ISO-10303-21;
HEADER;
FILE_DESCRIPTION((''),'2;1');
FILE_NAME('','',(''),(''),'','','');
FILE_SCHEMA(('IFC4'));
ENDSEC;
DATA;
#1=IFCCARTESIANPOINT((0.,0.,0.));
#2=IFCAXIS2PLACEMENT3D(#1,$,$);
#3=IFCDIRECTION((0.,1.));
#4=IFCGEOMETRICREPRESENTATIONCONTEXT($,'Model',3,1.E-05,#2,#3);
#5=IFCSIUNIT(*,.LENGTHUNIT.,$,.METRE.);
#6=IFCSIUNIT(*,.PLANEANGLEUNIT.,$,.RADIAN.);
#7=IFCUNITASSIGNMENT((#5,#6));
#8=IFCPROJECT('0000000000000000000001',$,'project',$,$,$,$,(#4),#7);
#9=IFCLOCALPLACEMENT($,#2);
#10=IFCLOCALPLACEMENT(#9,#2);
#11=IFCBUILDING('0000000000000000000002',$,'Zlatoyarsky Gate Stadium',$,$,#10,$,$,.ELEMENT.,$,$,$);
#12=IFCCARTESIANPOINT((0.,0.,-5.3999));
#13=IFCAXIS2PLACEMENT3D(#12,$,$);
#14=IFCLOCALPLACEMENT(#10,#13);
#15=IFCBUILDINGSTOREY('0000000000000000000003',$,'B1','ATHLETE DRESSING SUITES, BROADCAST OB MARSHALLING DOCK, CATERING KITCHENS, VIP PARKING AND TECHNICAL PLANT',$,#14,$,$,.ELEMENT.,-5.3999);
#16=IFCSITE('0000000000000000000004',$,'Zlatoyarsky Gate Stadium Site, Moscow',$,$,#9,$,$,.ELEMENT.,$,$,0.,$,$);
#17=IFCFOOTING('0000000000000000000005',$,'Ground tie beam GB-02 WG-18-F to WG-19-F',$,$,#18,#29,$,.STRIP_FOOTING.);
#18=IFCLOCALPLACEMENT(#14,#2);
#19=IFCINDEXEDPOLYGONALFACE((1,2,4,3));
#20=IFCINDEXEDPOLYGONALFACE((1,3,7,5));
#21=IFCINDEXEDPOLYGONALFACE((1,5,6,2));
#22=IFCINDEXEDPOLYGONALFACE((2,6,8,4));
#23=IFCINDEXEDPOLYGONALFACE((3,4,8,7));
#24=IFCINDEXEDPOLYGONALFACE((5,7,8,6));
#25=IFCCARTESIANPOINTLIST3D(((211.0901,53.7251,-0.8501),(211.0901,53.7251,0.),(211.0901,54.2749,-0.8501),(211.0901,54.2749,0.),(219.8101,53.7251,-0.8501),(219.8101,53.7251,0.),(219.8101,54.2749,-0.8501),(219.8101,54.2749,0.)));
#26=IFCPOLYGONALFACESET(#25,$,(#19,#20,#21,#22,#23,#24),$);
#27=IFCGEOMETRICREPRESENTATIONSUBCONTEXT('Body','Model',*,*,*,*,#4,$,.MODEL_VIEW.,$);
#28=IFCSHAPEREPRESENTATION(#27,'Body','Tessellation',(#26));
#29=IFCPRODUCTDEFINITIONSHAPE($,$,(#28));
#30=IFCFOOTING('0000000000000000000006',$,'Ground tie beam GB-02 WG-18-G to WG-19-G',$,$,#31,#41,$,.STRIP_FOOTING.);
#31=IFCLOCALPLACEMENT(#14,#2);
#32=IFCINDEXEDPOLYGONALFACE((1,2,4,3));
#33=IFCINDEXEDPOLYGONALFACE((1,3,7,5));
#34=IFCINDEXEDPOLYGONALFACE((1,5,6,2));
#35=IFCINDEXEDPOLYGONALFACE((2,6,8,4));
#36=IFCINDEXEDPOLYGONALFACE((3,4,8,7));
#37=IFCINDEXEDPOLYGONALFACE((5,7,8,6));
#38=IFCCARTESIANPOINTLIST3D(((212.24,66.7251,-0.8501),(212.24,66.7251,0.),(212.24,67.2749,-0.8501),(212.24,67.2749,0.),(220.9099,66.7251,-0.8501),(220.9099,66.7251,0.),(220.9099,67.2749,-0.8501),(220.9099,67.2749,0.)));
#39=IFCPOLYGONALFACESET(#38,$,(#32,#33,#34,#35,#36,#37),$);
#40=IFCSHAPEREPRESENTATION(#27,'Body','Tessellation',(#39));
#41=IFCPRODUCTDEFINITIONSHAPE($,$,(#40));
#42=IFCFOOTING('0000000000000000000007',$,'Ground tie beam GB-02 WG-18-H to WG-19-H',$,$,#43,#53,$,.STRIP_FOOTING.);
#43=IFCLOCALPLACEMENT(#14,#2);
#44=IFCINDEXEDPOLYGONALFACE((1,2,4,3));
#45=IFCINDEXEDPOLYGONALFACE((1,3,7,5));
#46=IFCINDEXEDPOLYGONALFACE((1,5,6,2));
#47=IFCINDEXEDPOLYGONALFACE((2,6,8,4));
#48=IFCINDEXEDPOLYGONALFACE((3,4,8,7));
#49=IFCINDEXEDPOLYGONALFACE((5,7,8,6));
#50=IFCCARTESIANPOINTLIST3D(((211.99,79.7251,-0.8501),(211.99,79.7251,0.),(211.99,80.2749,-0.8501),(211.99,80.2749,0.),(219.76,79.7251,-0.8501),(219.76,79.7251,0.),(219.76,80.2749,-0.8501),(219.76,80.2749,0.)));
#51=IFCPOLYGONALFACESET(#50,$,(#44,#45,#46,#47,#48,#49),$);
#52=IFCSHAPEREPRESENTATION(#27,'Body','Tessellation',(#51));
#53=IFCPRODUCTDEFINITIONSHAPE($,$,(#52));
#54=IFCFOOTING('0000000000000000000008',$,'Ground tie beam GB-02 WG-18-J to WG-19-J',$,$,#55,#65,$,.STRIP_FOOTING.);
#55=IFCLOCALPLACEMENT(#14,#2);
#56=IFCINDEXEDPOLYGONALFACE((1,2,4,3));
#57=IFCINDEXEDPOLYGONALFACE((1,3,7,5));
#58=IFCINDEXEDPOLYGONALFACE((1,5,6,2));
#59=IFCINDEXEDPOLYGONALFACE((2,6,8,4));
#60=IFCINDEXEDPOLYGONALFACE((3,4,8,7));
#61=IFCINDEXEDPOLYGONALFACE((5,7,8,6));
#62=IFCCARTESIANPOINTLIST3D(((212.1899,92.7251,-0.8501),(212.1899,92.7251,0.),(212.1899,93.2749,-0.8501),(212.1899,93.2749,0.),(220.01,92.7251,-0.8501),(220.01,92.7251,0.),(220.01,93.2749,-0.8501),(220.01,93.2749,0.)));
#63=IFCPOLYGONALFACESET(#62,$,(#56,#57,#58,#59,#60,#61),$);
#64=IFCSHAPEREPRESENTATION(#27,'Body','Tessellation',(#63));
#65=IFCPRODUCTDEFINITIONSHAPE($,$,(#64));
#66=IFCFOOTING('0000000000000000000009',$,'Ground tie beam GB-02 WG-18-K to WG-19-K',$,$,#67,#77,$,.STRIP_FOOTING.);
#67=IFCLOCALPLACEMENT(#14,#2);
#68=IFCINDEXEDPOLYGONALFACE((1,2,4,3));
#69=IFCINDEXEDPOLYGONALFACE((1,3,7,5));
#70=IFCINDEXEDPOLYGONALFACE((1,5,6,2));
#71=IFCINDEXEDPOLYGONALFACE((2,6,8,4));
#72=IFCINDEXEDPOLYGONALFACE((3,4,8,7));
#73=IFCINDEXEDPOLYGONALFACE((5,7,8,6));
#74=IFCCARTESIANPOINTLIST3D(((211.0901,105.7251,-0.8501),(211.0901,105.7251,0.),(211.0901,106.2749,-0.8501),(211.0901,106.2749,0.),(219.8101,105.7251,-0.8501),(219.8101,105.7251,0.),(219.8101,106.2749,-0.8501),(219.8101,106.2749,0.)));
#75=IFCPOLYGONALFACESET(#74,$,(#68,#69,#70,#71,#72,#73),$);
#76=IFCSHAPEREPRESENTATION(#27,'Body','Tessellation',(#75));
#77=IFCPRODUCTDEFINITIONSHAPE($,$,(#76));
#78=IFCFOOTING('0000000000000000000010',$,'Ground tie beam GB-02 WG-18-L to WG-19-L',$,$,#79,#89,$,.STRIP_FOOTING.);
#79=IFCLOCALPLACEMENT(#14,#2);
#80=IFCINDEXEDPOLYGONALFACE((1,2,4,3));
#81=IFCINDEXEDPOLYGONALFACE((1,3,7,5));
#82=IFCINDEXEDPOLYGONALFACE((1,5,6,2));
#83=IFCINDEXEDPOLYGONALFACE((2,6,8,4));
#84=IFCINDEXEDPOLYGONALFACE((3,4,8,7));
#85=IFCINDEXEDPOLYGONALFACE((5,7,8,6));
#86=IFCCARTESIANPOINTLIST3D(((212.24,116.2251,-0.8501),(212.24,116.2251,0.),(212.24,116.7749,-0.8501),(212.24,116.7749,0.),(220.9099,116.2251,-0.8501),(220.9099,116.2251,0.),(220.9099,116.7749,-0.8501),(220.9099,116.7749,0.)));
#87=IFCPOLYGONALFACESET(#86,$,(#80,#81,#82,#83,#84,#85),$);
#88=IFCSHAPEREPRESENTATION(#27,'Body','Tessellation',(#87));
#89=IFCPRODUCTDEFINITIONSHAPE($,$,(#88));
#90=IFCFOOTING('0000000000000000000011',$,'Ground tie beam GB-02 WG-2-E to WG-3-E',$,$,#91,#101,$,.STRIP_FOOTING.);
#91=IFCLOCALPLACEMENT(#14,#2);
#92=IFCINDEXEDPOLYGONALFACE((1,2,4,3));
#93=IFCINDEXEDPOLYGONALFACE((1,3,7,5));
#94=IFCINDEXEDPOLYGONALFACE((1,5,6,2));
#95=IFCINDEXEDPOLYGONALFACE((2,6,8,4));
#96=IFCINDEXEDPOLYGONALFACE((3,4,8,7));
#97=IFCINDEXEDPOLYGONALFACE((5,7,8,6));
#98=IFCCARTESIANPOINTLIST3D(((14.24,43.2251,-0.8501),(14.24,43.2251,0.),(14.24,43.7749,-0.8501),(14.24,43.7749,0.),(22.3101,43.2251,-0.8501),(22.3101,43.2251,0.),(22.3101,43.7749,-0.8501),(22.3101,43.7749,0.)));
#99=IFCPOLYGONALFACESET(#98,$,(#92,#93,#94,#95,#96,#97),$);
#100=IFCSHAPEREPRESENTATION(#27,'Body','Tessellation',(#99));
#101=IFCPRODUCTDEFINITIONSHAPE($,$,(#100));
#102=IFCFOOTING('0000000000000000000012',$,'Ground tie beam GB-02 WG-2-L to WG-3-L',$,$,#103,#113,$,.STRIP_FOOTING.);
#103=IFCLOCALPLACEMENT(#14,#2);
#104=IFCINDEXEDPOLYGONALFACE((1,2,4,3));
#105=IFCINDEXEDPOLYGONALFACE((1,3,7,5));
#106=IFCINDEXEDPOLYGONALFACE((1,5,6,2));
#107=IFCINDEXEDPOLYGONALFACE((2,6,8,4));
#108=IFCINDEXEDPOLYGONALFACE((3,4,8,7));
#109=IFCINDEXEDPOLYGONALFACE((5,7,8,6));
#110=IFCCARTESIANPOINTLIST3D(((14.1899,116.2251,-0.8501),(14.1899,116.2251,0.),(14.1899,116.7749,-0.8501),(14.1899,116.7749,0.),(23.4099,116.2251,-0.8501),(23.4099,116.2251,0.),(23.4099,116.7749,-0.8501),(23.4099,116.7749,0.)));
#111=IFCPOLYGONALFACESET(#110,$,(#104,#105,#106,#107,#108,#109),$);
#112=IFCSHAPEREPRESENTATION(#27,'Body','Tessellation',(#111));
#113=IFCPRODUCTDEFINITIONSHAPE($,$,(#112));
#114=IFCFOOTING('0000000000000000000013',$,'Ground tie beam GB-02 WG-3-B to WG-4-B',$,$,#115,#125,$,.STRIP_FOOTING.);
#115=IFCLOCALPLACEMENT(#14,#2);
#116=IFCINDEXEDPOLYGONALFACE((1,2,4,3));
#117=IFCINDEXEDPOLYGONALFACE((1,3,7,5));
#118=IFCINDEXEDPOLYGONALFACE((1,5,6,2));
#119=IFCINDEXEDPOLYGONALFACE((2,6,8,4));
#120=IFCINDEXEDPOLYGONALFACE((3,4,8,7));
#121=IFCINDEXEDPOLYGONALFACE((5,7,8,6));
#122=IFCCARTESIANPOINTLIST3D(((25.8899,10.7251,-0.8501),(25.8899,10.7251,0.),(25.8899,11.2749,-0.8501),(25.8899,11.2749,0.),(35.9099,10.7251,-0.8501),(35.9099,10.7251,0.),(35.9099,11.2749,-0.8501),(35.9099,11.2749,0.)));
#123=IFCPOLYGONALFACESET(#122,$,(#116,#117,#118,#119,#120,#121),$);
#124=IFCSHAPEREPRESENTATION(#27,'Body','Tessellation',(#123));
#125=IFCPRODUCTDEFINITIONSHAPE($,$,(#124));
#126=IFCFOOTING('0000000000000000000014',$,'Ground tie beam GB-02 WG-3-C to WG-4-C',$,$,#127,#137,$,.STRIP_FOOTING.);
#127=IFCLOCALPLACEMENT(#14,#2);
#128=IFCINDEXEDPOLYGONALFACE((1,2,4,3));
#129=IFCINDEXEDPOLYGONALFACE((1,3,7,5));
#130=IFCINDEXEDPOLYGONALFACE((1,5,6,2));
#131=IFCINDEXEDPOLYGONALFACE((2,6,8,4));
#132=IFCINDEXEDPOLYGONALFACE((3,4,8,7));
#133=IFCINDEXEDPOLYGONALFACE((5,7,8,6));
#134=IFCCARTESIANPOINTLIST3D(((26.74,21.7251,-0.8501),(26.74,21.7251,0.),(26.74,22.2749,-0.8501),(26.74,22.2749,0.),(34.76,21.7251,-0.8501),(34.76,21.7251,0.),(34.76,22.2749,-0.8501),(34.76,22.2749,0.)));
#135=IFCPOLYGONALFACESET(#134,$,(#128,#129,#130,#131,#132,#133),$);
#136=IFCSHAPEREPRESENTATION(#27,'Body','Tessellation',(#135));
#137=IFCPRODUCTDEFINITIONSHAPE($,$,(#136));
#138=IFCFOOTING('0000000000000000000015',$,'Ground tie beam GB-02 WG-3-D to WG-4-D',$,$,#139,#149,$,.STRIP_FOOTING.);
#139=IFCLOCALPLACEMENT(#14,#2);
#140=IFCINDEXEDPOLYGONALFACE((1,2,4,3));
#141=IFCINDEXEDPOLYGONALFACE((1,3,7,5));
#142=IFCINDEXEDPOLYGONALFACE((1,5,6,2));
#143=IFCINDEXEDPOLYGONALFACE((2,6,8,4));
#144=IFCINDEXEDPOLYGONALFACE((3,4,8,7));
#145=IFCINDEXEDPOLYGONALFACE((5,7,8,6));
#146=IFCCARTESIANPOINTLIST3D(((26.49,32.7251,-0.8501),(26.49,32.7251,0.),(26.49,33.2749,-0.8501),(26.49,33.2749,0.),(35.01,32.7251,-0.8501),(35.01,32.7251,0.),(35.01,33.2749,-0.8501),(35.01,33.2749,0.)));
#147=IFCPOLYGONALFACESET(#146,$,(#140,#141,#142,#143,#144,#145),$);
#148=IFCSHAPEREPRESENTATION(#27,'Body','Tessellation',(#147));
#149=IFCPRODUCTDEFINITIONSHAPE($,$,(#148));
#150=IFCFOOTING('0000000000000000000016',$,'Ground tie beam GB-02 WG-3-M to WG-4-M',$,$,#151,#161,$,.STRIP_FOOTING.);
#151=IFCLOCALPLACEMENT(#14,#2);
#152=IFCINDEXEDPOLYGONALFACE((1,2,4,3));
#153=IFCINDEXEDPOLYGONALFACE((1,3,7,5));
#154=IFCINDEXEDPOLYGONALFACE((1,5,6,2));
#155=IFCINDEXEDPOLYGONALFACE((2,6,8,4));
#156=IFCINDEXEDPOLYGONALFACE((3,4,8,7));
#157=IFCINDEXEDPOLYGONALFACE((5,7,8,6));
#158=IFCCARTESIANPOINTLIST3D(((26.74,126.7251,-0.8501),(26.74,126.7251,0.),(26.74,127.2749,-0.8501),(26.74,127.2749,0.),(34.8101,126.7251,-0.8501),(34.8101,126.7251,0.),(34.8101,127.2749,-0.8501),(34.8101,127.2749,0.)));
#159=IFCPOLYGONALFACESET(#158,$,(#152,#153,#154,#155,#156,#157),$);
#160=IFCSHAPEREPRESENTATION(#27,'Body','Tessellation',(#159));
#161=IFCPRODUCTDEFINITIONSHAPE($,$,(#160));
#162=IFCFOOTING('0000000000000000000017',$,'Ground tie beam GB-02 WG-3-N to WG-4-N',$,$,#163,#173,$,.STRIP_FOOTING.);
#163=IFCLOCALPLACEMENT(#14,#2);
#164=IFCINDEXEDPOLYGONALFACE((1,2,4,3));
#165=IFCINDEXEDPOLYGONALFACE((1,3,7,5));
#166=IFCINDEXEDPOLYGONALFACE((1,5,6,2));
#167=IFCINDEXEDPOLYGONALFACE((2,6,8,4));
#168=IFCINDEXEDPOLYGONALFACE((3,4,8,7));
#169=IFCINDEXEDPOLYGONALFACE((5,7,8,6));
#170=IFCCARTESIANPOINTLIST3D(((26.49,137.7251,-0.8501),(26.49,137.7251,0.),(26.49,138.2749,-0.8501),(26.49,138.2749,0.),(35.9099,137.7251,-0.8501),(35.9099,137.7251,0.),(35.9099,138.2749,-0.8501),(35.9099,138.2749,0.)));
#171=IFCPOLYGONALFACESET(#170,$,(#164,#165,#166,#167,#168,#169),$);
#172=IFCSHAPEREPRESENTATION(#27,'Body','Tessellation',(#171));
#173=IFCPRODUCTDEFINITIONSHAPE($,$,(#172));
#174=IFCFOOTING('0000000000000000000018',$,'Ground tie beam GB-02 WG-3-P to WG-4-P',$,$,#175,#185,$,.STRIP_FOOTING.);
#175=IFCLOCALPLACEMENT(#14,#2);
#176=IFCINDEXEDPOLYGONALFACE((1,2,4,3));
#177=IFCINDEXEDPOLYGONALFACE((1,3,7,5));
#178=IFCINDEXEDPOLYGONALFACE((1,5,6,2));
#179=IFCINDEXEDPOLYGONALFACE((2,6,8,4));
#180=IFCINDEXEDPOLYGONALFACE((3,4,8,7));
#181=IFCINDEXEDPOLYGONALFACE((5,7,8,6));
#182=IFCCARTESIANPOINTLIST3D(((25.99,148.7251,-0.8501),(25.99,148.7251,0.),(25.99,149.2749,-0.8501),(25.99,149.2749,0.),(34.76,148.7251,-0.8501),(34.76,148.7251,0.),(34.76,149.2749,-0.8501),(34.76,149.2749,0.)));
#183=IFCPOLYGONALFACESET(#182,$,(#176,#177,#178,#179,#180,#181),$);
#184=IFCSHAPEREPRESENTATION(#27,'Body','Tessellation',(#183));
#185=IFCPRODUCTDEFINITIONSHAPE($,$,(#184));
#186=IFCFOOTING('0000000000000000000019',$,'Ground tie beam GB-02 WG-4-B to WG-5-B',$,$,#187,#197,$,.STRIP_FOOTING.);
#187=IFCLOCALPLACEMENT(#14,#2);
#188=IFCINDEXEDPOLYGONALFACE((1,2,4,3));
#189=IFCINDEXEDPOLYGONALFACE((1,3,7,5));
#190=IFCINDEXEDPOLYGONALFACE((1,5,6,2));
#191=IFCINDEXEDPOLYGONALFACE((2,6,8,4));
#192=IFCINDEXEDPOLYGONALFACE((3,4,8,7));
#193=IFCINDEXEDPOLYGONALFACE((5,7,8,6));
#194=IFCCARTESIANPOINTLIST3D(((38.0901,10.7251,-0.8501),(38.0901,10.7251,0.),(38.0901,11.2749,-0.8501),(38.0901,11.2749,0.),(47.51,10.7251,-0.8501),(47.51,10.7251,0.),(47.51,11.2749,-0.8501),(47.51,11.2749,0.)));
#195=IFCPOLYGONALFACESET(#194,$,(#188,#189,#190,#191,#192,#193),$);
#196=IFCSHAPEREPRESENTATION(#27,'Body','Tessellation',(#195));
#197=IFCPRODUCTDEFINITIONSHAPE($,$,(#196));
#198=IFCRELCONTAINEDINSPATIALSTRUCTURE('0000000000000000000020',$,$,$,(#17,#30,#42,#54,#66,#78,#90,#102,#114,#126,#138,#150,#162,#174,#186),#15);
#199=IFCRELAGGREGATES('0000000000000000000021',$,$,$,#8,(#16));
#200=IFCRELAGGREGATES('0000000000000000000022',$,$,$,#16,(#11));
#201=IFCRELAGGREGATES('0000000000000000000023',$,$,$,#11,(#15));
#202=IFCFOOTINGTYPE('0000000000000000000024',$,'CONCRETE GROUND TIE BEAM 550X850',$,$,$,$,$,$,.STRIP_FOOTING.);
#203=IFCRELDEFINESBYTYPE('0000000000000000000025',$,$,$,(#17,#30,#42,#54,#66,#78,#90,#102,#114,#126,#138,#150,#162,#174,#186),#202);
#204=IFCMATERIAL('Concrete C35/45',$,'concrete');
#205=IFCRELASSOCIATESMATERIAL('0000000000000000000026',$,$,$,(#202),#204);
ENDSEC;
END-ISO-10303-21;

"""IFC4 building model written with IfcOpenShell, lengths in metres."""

from ifc_helpers import new_model, si_unit, direction, frame, origin, origin_2d, place, context, subcontext, project, spatial, polyline, rectangle, outline, extrude, material, material_profile, profile_set, type_object, element, save


model = new_model("IFC4")

# Units and contexts
model_context = context("Model", 3, precision=1e-05, world=origin(), true_north=direction((0.0, 1.0)))
body_context = subcontext(model_context, "Body", "Model", "MODEL_VIEW")
ifc_project = project(units=[si_unit("LENGTHUNIT", "METRE"), si_unit("PLANEANGLEUNIT", "RADIAN")], contexts=[model_context])

# Site, building, storey
site_placement = place(None, origin())
site = spatial("IfcSite", under=ifc_project, at=site_placement, Name="Zlatoyarsky Gate Stadium Site, Moscow", CompositionType="ELEMENT", RefElevation=0.0)
building_placement = place(site_placement, origin())
building = spatial("IfcBuilding", under=site, at=building_placement, Name="Zlatoyarsky Gate Stadium", CompositionType="ELEMENT")
storey_placement = place(building_placement, frame((0.0, 0.0, -5.3999)))
storey = spatial("IfcBuildingStorey", under=building, at=storey_placement, Name="B1", Description="ATHLETE DRESSING SUITES, BROADCAST OB MARSHALLING DOCK, CATERING KITCHENS, VIP PARKING AND TECHNICAL PLANT", CompositionType="ELEMENT", Elevation=-5.3999)

# Footings
ifc_material = material(Name="Concrete C35/45", Category="concrete")
ifc_material_profile = material_profile(ifc_material, rectangle(XDim=0.55, YDim=0.8501, at=origin_2d()), Name="GB 550X850")
ifc_profile_set = profile_set([ifc_material_profile], Name="Concrete C35/45")
footing_type = type_object("IfcFootingType", Name="CONCRETE GROUND TIE BEAM 550X850", PredefinedType="STRIP_FOOTING", material=ifc_profile_set)
footing_1_placement = place(storey_placement, frame((0.0, 0.0, -0.8501)))
element("IfcFooting", 1, at=footing_1_placement, inside=storey, type_object=footing_type, Name="Ground tie beam GB-02 WG-18-F to WG-19-F", PredefinedType="STRIP_FOOTING", context=body_context, shape_type="SweptSolid", body=[
    extrude(outline(polyline([(211.0901, 53.7251), (219.8101, 53.7251), (219.8101, 54.2749), (211.0901, 54.2749), (211.0901, 53.7251)])), origin(), (0.0, 0.0, 1.0), 0.8501),
])
footing_2_placement = place(storey_placement, frame((0.0, 0.0, -0.8501)))
element("IfcFooting", 2, at=footing_2_placement, inside=storey, type_object=footing_type, Name="Ground tie beam GB-02 WG-18-G to WG-19-G", PredefinedType="STRIP_FOOTING", context=body_context, shape_type="SweptSolid", body=[
    extrude(outline(polyline([(212.24, 66.7251), (220.9099, 66.7251), (220.9099, 67.2749), (212.24, 67.2749), (212.24, 66.7251)])), origin(), (0.0, 0.0, 1.0), 0.8501),
])
footing_3_placement = place(storey_placement, frame((0.0, 0.0, -0.8501)))
element("IfcFooting", 3, at=footing_3_placement, inside=storey, type_object=footing_type, Name="Ground tie beam GB-02 WG-18-H to WG-19-H", PredefinedType="STRIP_FOOTING", context=body_context, shape_type="SweptSolid", body=[
    extrude(outline(polyline([(211.99, 79.7251), (219.76, 79.7251), (219.76, 80.2749), (211.99, 80.2749), (211.99, 79.7251)])), origin(), (0.0, 0.0, 1.0), 0.8501),
])
footing_4_placement = place(storey_placement, frame((0.0, 0.0, -0.8501)))
element("IfcFooting", 4, at=footing_4_placement, inside=storey, type_object=footing_type, Name="Ground tie beam GB-02 WG-18-J to WG-19-J", PredefinedType="STRIP_FOOTING", context=body_context, shape_type="SweptSolid", body=[
    extrude(outline(polyline([(212.1899, 92.7251), (220.01, 92.7251), (220.01, 93.2749), (212.1899, 93.2749), (212.1899, 92.7251)])), origin(), (0.0, 0.0, 1.0), 0.8501),
])
footing_5_placement = place(storey_placement, frame((0.0, 0.0, -0.8501)))
element("IfcFooting", 5, at=footing_5_placement, inside=storey, type_object=footing_type, Name="Ground tie beam GB-02 WG-18-K to WG-19-K", PredefinedType="STRIP_FOOTING", context=body_context, shape_type="SweptSolid", body=[
    extrude(outline(polyline([(211.0901, 105.7251), (219.8101, 105.7251), (219.8101, 106.2749), (211.0901, 106.2749), (211.0901, 105.7251)])), origin(), (0.0, 0.0, 1.0), 0.8501),
])
footing_6_placement = place(storey_placement, frame((0.0, 0.0, -0.8501)))
element("IfcFooting", 6, at=footing_6_placement, inside=storey, type_object=footing_type, Name="Ground tie beam GB-02 WG-18-L to WG-19-L", PredefinedType="STRIP_FOOTING", context=body_context, shape_type="SweptSolid", body=[
    extrude(outline(polyline([(212.24, 116.2251), (220.9099, 116.2251), (220.9099, 116.7749), (212.24, 116.7749), (212.24, 116.2251)])), origin(), (0.0, 0.0, 1.0), 0.8501),
])
footing_7_placement = place(storey_placement, frame((0.0, 0.0, -0.8501)))
element("IfcFooting", 7, at=footing_7_placement, inside=storey, type_object=footing_type, Name="Ground tie beam GB-02 WG-2-E to WG-3-E", PredefinedType="STRIP_FOOTING", context=body_context, shape_type="SweptSolid", body=[
    extrude(outline(polyline([(14.24, 43.2251), (22.3101, 43.2251), (22.3101, 43.7749), (14.24, 43.7749), (14.24, 43.2251)])), origin(), (0.0, 0.0, 1.0), 0.8501),
])
footing_8_placement = place(storey_placement, frame((0.0, 0.0, -0.8501)))
element("IfcFooting", 8, at=footing_8_placement, inside=storey, type_object=footing_type, Name="Ground tie beam GB-02 WG-2-L to WG-3-L", PredefinedType="STRIP_FOOTING", context=body_context, shape_type="SweptSolid", body=[
    extrude(outline(polyline([(14.1899, 116.2251), (23.4099, 116.2251), (23.4099, 116.7749), (14.1899, 116.7749), (14.1899, 116.2251)])), origin(), (0.0, 0.0, 1.0), 0.8501),
])
footing_9_placement = place(storey_placement, frame((0.0, 0.0, -0.8501)))
element("IfcFooting", 9, at=footing_9_placement, inside=storey, type_object=footing_type, Name="Ground tie beam GB-02 WG-3-B to WG-4-B", PredefinedType="STRIP_FOOTING", context=body_context, shape_type="SweptSolid", body=[
    extrude(outline(polyline([(25.8899, 10.7251), (35.9099, 10.7251), (35.9099, 11.2749), (25.8899, 11.2749), (25.8899, 10.7251)])), origin(), (0.0, 0.0, 1.0), 0.8501),
])
footing_10_placement = place(storey_placement, frame((0.0, 0.0, -0.8501)))
element("IfcFooting", 10, at=footing_10_placement, inside=storey, type_object=footing_type, Name="Ground tie beam GB-02 WG-3-C to WG-4-C", PredefinedType="STRIP_FOOTING", context=body_context, shape_type="SweptSolid", body=[
    extrude(outline(polyline([(26.74, 21.7251), (34.76, 21.7251), (34.76, 22.2749), (26.74, 22.2749), (26.74, 21.7251)])), origin(), (0.0, 0.0, 1.0), 0.8501),
])
footing_11_placement = place(storey_placement, frame((0.0, 0.0, -0.8501)))
element("IfcFooting", 11, at=footing_11_placement, inside=storey, type_object=footing_type, Name="Ground tie beam GB-02 WG-3-D to WG-4-D", PredefinedType="STRIP_FOOTING", context=body_context, shape_type="SweptSolid", body=[
    extrude(outline(polyline([(26.49, 32.7251), (35.01, 32.7251), (35.01, 33.2749), (26.49, 33.2749), (26.49, 32.7251)])), origin(), (0.0, 0.0, 1.0), 0.8501),
])
footing_12_placement = place(storey_placement, frame((0.0, 0.0, -0.8501)))
element("IfcFooting", 12, at=footing_12_placement, inside=storey, type_object=footing_type, Name="Ground tie beam GB-02 WG-3-M to WG-4-M", PredefinedType="STRIP_FOOTING", context=body_context, shape_type="SweptSolid", body=[
    extrude(outline(polyline([(26.74, 126.7251), (34.8101, 126.7251), (34.8101, 127.2749), (26.74, 127.2749), (26.74, 126.7251)])), origin(), (0.0, 0.0, 1.0), 0.8501),
])
footing_13_placement = place(storey_placement, frame((0.0, 0.0, -0.8501)))
element("IfcFooting", 13, at=footing_13_placement, inside=storey, type_object=footing_type, Name="Ground tie beam GB-02 WG-3-N to WG-4-N", PredefinedType="STRIP_FOOTING", context=body_context, shape_type="SweptSolid", body=[
    extrude(outline(polyline([(26.49, 137.7251), (35.9099, 137.7251), (35.9099, 138.2749), (26.49, 138.2749), (26.49, 137.7251)])), origin(), (0.0, 0.0, 1.0), 0.8501),
])
footing_14_placement = place(storey_placement, frame((0.0, 0.0, -0.8501)))
element("IfcFooting", 14, at=footing_14_placement, inside=storey, type_object=footing_type, Name="Ground tie beam GB-02 WG-3-P to WG-4-P", PredefinedType="STRIP_FOOTING", context=body_context, shape_type="SweptSolid", body=[
    extrude(outline(polyline([(25.99, 148.7251), (34.76, 148.7251), (34.76, 149.2749), (25.99, 149.2749), (25.99, 148.7251)])), origin(), (0.0, 0.0, 1.0), 0.8501),
])
footing_15_placement = place(storey_placement, frame((0.0, 0.0, -0.8501)))
element("IfcFooting", 15, at=footing_15_placement, inside=storey, type_object=footing_type, Name="Ground tie beam GB-02 WG-4-B to WG-5-B", PredefinedType="STRIP_FOOTING", context=body_context, shape_type="SweptSolid", body=[
    extrude(outline(polyline([(38.0901, 10.7251), (47.51, 10.7251), (47.51, 11.2749), (38.0901, 11.2749), (38.0901, 10.7251)])), origin(), (0.0, 0.0, 1.0), 0.8501),
])

save(model, "model.ifc")
